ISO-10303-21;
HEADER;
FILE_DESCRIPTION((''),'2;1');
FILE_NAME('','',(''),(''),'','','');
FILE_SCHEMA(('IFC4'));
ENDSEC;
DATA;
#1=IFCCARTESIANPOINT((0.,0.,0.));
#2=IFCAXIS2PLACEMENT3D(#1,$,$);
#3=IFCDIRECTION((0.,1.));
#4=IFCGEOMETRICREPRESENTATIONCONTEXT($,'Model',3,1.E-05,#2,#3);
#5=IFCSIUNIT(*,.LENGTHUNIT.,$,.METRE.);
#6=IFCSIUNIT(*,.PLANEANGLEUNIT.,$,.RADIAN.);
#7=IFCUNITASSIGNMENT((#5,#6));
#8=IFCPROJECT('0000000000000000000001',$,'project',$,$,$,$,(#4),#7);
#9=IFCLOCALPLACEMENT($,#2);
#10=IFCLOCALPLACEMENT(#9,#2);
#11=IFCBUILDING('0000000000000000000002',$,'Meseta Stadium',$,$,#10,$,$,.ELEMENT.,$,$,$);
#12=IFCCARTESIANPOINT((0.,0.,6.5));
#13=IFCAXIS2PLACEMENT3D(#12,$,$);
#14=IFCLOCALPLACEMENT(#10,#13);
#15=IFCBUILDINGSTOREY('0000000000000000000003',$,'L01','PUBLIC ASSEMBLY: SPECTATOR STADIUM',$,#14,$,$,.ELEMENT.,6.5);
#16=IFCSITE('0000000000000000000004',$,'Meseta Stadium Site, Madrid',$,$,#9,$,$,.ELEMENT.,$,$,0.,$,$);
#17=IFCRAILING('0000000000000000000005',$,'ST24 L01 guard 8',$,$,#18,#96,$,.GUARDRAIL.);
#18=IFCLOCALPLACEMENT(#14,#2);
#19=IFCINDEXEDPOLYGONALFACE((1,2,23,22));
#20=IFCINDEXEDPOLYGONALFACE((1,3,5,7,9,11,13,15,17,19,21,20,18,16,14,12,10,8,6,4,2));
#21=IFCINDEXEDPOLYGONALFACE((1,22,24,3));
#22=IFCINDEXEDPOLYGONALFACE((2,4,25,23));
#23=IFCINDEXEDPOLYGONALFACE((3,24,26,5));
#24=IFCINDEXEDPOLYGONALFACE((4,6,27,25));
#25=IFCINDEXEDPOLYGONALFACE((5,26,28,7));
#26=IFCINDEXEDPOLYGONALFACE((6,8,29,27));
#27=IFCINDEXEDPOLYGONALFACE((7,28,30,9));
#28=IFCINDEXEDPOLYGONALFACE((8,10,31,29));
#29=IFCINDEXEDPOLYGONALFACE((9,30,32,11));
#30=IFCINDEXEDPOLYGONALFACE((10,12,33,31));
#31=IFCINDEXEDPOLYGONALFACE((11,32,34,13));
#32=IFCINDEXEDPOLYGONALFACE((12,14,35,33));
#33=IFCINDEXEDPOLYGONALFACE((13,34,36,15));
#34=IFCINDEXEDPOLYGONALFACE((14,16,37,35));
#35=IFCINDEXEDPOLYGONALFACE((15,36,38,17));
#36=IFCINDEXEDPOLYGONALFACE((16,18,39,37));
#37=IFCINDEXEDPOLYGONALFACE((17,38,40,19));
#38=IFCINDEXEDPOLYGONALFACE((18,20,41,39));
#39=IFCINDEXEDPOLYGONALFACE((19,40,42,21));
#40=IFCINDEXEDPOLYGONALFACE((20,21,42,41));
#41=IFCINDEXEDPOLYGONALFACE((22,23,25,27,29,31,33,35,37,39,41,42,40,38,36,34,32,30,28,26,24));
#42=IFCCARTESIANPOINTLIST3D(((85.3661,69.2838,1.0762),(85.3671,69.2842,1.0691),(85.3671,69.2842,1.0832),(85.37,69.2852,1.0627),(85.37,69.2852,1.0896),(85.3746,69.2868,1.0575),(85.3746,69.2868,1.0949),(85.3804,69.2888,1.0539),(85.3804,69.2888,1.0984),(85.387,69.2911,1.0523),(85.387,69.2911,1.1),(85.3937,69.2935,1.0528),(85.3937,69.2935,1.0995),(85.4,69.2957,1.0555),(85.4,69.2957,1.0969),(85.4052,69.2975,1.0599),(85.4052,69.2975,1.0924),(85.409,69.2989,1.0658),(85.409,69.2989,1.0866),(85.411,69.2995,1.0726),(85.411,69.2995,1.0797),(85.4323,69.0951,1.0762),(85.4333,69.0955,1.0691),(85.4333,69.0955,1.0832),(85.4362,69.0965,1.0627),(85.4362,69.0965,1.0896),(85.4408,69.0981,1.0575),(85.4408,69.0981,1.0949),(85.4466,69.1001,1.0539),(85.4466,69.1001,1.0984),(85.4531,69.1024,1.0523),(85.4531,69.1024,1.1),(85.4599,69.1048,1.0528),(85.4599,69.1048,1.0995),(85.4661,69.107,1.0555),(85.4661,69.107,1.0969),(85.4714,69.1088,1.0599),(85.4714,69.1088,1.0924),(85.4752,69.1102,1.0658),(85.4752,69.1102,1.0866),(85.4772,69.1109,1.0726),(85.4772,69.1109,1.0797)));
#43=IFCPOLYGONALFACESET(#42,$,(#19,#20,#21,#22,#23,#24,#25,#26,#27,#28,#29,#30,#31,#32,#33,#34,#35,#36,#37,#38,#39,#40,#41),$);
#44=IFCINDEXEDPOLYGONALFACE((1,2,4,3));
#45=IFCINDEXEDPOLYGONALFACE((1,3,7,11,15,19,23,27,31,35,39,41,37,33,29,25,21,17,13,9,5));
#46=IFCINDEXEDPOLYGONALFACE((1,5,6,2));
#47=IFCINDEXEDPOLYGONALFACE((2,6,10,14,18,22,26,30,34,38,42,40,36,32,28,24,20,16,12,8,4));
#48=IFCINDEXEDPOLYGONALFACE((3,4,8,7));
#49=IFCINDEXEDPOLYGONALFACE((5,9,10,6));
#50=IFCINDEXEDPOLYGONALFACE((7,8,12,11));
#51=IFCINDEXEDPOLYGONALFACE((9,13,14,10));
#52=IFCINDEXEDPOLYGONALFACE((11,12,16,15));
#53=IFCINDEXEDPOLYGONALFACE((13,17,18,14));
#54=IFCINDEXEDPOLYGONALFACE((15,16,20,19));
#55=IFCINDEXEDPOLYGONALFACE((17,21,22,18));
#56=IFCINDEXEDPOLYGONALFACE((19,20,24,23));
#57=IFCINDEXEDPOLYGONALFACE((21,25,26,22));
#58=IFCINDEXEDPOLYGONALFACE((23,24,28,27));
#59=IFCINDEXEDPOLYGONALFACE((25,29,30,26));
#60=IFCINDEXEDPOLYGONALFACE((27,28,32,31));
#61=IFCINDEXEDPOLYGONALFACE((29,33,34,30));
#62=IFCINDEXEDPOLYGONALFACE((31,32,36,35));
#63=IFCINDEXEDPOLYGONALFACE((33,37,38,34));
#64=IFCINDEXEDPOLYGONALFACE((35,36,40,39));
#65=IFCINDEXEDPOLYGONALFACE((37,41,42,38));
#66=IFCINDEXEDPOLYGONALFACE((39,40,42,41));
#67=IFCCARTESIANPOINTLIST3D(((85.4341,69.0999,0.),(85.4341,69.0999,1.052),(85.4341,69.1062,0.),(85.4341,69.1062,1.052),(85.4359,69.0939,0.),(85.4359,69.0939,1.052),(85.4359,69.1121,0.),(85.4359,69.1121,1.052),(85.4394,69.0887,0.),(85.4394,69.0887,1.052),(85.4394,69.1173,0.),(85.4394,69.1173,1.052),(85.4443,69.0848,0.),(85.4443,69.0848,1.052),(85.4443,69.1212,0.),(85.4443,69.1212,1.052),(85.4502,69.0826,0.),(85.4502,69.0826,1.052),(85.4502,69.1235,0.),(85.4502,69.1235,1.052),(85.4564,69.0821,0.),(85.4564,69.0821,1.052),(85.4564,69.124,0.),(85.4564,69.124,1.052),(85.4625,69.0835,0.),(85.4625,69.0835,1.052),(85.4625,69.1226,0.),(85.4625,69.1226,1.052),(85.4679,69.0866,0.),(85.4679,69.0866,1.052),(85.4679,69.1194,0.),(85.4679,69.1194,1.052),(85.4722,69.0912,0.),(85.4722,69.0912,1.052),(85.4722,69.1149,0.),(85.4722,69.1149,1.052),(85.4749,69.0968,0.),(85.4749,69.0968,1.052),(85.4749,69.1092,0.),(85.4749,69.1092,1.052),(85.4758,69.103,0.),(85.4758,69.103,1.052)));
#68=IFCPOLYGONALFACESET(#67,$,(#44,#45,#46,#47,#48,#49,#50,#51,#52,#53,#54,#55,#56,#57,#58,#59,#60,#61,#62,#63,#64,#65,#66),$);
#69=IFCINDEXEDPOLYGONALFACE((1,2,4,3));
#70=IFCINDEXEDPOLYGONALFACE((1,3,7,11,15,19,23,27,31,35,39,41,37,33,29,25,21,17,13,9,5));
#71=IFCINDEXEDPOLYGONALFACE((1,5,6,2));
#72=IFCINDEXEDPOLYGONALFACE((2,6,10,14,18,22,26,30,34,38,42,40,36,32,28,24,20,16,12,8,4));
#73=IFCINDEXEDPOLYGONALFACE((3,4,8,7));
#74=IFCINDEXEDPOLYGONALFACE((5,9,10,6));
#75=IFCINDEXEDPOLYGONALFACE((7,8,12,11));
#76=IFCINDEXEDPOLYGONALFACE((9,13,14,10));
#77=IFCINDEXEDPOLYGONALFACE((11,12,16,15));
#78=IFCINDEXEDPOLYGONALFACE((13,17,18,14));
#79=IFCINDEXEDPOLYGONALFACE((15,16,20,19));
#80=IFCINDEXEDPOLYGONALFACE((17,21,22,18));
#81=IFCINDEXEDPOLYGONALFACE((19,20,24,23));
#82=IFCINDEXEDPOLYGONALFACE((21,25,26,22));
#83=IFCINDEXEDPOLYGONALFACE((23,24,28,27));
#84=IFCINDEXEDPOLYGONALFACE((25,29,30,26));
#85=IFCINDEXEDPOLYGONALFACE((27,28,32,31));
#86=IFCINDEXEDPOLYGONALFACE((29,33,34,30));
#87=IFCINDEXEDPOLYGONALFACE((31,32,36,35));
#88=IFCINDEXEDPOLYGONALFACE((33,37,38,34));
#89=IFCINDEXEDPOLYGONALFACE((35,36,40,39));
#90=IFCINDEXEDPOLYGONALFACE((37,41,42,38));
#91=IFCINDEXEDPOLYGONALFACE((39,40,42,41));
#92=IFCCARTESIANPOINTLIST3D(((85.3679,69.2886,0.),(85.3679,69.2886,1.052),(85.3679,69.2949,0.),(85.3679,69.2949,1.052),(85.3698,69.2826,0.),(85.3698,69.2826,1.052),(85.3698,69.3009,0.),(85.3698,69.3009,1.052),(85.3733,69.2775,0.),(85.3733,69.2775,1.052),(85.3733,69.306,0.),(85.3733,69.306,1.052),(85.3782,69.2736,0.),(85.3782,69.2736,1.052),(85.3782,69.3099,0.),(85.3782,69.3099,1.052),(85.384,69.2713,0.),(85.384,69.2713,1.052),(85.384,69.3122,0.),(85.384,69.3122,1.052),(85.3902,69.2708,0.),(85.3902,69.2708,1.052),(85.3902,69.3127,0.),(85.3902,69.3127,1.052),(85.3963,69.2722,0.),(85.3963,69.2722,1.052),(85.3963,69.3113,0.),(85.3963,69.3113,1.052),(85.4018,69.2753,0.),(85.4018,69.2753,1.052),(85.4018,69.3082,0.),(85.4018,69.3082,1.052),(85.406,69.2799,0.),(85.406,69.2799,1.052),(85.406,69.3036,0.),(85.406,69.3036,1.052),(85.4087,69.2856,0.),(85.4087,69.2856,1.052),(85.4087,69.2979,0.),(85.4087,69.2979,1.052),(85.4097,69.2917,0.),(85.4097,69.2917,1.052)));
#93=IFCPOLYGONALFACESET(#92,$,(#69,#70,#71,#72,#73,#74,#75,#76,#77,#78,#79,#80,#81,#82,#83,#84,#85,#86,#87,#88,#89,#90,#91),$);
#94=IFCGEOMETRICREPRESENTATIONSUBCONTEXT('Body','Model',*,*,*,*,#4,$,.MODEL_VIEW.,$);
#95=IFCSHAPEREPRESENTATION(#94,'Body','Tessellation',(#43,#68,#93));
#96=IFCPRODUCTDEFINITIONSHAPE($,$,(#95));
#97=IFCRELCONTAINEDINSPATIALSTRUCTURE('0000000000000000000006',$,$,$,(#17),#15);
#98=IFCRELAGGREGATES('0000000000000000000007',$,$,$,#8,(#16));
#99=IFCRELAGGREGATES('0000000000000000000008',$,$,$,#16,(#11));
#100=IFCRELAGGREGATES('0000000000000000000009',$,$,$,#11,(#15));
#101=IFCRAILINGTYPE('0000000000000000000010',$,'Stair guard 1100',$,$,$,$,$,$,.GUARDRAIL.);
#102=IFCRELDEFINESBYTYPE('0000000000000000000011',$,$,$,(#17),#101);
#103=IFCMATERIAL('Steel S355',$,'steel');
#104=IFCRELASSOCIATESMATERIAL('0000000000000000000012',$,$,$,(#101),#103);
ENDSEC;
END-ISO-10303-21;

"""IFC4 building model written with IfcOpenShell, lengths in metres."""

from ifc_helpers import new_model, si_unit, direction, frame, origin, origin_2d, place, context, subcontext, project, spatial, circle, extrude, material, type_object, element, save


model = new_model("IFC4")

# Units and contexts
model_context = context("Model", 3, precision=1e-05, world=origin(), true_north=direction((0.0, 1.0)))
body_context = subcontext(model_context, "Body", "Model", "MODEL_VIEW")
ifc_project = project(units=[si_unit("LENGTHUNIT", "METRE"), si_unit("PLANEANGLEUNIT", "RADIAN")], contexts=[model_context])

# Site, building, storey
site_placement = place(None, origin())
site = spatial("IfcSite", under=ifc_project, at=site_placement, Name="Meseta Stadium Site, Madrid", CompositionType="ELEMENT", RefElevation=0.0)
building_placement = place(site_placement, origin())
building = spatial("IfcBuilding", under=site, at=building_placement, Name="Meseta Stadium", CompositionType="ELEMENT")
storey_placement = place(building_placement, frame((0.0, 0.0, 6.5)))
storey = spatial("IfcBuildingStorey", under=building, at=storey_placement, Name="L01", Description="PUBLIC ASSEMBLY: SPECTATOR STADIUM", CompositionType="ELEMENT", Elevation=6.5)

# Railing
ifc_material_1 = material(Name="Steel S355", Category="steel")
railing_type_1 = type_object("IfcRailingType", Name="Stair guard 1100", PredefinedType="GUARDRAIL", material=ifc_material_1)
railing_1_placement = place(storey_placement, frame((85.4548, 69.103, 0.0)))
element("IfcRailing", 1, at=railing_1_placement, inside=storey, type_object=railing_type_1, Name="ST24 L01 guard 8", PredefinedType="GUARDRAIL", context=body_context, shape_type="SweptSolid", body=[
    extrude(circle(Radius=0.0239, at=origin_2d()), frame((0.0, 0.0, 1.0762), z_axis=(-0.33084, 0.943687, 0.0), x_axis=(-0.943687, -0.33084, 0.0)), (0.0, 0.0, 1.0), 0.2),
    extrude(circle(Radius=0.021, at=origin_2d()), origin(), (0.0, 0.0, 1.0), 1.052),
    extrude(circle(Radius=0.021, at=origin_2d()), frame((-0.0662, 0.1887, 0.0)), (0.0, 0.0, 1.0), 1.052),
])

save(model, "model.ifc")
